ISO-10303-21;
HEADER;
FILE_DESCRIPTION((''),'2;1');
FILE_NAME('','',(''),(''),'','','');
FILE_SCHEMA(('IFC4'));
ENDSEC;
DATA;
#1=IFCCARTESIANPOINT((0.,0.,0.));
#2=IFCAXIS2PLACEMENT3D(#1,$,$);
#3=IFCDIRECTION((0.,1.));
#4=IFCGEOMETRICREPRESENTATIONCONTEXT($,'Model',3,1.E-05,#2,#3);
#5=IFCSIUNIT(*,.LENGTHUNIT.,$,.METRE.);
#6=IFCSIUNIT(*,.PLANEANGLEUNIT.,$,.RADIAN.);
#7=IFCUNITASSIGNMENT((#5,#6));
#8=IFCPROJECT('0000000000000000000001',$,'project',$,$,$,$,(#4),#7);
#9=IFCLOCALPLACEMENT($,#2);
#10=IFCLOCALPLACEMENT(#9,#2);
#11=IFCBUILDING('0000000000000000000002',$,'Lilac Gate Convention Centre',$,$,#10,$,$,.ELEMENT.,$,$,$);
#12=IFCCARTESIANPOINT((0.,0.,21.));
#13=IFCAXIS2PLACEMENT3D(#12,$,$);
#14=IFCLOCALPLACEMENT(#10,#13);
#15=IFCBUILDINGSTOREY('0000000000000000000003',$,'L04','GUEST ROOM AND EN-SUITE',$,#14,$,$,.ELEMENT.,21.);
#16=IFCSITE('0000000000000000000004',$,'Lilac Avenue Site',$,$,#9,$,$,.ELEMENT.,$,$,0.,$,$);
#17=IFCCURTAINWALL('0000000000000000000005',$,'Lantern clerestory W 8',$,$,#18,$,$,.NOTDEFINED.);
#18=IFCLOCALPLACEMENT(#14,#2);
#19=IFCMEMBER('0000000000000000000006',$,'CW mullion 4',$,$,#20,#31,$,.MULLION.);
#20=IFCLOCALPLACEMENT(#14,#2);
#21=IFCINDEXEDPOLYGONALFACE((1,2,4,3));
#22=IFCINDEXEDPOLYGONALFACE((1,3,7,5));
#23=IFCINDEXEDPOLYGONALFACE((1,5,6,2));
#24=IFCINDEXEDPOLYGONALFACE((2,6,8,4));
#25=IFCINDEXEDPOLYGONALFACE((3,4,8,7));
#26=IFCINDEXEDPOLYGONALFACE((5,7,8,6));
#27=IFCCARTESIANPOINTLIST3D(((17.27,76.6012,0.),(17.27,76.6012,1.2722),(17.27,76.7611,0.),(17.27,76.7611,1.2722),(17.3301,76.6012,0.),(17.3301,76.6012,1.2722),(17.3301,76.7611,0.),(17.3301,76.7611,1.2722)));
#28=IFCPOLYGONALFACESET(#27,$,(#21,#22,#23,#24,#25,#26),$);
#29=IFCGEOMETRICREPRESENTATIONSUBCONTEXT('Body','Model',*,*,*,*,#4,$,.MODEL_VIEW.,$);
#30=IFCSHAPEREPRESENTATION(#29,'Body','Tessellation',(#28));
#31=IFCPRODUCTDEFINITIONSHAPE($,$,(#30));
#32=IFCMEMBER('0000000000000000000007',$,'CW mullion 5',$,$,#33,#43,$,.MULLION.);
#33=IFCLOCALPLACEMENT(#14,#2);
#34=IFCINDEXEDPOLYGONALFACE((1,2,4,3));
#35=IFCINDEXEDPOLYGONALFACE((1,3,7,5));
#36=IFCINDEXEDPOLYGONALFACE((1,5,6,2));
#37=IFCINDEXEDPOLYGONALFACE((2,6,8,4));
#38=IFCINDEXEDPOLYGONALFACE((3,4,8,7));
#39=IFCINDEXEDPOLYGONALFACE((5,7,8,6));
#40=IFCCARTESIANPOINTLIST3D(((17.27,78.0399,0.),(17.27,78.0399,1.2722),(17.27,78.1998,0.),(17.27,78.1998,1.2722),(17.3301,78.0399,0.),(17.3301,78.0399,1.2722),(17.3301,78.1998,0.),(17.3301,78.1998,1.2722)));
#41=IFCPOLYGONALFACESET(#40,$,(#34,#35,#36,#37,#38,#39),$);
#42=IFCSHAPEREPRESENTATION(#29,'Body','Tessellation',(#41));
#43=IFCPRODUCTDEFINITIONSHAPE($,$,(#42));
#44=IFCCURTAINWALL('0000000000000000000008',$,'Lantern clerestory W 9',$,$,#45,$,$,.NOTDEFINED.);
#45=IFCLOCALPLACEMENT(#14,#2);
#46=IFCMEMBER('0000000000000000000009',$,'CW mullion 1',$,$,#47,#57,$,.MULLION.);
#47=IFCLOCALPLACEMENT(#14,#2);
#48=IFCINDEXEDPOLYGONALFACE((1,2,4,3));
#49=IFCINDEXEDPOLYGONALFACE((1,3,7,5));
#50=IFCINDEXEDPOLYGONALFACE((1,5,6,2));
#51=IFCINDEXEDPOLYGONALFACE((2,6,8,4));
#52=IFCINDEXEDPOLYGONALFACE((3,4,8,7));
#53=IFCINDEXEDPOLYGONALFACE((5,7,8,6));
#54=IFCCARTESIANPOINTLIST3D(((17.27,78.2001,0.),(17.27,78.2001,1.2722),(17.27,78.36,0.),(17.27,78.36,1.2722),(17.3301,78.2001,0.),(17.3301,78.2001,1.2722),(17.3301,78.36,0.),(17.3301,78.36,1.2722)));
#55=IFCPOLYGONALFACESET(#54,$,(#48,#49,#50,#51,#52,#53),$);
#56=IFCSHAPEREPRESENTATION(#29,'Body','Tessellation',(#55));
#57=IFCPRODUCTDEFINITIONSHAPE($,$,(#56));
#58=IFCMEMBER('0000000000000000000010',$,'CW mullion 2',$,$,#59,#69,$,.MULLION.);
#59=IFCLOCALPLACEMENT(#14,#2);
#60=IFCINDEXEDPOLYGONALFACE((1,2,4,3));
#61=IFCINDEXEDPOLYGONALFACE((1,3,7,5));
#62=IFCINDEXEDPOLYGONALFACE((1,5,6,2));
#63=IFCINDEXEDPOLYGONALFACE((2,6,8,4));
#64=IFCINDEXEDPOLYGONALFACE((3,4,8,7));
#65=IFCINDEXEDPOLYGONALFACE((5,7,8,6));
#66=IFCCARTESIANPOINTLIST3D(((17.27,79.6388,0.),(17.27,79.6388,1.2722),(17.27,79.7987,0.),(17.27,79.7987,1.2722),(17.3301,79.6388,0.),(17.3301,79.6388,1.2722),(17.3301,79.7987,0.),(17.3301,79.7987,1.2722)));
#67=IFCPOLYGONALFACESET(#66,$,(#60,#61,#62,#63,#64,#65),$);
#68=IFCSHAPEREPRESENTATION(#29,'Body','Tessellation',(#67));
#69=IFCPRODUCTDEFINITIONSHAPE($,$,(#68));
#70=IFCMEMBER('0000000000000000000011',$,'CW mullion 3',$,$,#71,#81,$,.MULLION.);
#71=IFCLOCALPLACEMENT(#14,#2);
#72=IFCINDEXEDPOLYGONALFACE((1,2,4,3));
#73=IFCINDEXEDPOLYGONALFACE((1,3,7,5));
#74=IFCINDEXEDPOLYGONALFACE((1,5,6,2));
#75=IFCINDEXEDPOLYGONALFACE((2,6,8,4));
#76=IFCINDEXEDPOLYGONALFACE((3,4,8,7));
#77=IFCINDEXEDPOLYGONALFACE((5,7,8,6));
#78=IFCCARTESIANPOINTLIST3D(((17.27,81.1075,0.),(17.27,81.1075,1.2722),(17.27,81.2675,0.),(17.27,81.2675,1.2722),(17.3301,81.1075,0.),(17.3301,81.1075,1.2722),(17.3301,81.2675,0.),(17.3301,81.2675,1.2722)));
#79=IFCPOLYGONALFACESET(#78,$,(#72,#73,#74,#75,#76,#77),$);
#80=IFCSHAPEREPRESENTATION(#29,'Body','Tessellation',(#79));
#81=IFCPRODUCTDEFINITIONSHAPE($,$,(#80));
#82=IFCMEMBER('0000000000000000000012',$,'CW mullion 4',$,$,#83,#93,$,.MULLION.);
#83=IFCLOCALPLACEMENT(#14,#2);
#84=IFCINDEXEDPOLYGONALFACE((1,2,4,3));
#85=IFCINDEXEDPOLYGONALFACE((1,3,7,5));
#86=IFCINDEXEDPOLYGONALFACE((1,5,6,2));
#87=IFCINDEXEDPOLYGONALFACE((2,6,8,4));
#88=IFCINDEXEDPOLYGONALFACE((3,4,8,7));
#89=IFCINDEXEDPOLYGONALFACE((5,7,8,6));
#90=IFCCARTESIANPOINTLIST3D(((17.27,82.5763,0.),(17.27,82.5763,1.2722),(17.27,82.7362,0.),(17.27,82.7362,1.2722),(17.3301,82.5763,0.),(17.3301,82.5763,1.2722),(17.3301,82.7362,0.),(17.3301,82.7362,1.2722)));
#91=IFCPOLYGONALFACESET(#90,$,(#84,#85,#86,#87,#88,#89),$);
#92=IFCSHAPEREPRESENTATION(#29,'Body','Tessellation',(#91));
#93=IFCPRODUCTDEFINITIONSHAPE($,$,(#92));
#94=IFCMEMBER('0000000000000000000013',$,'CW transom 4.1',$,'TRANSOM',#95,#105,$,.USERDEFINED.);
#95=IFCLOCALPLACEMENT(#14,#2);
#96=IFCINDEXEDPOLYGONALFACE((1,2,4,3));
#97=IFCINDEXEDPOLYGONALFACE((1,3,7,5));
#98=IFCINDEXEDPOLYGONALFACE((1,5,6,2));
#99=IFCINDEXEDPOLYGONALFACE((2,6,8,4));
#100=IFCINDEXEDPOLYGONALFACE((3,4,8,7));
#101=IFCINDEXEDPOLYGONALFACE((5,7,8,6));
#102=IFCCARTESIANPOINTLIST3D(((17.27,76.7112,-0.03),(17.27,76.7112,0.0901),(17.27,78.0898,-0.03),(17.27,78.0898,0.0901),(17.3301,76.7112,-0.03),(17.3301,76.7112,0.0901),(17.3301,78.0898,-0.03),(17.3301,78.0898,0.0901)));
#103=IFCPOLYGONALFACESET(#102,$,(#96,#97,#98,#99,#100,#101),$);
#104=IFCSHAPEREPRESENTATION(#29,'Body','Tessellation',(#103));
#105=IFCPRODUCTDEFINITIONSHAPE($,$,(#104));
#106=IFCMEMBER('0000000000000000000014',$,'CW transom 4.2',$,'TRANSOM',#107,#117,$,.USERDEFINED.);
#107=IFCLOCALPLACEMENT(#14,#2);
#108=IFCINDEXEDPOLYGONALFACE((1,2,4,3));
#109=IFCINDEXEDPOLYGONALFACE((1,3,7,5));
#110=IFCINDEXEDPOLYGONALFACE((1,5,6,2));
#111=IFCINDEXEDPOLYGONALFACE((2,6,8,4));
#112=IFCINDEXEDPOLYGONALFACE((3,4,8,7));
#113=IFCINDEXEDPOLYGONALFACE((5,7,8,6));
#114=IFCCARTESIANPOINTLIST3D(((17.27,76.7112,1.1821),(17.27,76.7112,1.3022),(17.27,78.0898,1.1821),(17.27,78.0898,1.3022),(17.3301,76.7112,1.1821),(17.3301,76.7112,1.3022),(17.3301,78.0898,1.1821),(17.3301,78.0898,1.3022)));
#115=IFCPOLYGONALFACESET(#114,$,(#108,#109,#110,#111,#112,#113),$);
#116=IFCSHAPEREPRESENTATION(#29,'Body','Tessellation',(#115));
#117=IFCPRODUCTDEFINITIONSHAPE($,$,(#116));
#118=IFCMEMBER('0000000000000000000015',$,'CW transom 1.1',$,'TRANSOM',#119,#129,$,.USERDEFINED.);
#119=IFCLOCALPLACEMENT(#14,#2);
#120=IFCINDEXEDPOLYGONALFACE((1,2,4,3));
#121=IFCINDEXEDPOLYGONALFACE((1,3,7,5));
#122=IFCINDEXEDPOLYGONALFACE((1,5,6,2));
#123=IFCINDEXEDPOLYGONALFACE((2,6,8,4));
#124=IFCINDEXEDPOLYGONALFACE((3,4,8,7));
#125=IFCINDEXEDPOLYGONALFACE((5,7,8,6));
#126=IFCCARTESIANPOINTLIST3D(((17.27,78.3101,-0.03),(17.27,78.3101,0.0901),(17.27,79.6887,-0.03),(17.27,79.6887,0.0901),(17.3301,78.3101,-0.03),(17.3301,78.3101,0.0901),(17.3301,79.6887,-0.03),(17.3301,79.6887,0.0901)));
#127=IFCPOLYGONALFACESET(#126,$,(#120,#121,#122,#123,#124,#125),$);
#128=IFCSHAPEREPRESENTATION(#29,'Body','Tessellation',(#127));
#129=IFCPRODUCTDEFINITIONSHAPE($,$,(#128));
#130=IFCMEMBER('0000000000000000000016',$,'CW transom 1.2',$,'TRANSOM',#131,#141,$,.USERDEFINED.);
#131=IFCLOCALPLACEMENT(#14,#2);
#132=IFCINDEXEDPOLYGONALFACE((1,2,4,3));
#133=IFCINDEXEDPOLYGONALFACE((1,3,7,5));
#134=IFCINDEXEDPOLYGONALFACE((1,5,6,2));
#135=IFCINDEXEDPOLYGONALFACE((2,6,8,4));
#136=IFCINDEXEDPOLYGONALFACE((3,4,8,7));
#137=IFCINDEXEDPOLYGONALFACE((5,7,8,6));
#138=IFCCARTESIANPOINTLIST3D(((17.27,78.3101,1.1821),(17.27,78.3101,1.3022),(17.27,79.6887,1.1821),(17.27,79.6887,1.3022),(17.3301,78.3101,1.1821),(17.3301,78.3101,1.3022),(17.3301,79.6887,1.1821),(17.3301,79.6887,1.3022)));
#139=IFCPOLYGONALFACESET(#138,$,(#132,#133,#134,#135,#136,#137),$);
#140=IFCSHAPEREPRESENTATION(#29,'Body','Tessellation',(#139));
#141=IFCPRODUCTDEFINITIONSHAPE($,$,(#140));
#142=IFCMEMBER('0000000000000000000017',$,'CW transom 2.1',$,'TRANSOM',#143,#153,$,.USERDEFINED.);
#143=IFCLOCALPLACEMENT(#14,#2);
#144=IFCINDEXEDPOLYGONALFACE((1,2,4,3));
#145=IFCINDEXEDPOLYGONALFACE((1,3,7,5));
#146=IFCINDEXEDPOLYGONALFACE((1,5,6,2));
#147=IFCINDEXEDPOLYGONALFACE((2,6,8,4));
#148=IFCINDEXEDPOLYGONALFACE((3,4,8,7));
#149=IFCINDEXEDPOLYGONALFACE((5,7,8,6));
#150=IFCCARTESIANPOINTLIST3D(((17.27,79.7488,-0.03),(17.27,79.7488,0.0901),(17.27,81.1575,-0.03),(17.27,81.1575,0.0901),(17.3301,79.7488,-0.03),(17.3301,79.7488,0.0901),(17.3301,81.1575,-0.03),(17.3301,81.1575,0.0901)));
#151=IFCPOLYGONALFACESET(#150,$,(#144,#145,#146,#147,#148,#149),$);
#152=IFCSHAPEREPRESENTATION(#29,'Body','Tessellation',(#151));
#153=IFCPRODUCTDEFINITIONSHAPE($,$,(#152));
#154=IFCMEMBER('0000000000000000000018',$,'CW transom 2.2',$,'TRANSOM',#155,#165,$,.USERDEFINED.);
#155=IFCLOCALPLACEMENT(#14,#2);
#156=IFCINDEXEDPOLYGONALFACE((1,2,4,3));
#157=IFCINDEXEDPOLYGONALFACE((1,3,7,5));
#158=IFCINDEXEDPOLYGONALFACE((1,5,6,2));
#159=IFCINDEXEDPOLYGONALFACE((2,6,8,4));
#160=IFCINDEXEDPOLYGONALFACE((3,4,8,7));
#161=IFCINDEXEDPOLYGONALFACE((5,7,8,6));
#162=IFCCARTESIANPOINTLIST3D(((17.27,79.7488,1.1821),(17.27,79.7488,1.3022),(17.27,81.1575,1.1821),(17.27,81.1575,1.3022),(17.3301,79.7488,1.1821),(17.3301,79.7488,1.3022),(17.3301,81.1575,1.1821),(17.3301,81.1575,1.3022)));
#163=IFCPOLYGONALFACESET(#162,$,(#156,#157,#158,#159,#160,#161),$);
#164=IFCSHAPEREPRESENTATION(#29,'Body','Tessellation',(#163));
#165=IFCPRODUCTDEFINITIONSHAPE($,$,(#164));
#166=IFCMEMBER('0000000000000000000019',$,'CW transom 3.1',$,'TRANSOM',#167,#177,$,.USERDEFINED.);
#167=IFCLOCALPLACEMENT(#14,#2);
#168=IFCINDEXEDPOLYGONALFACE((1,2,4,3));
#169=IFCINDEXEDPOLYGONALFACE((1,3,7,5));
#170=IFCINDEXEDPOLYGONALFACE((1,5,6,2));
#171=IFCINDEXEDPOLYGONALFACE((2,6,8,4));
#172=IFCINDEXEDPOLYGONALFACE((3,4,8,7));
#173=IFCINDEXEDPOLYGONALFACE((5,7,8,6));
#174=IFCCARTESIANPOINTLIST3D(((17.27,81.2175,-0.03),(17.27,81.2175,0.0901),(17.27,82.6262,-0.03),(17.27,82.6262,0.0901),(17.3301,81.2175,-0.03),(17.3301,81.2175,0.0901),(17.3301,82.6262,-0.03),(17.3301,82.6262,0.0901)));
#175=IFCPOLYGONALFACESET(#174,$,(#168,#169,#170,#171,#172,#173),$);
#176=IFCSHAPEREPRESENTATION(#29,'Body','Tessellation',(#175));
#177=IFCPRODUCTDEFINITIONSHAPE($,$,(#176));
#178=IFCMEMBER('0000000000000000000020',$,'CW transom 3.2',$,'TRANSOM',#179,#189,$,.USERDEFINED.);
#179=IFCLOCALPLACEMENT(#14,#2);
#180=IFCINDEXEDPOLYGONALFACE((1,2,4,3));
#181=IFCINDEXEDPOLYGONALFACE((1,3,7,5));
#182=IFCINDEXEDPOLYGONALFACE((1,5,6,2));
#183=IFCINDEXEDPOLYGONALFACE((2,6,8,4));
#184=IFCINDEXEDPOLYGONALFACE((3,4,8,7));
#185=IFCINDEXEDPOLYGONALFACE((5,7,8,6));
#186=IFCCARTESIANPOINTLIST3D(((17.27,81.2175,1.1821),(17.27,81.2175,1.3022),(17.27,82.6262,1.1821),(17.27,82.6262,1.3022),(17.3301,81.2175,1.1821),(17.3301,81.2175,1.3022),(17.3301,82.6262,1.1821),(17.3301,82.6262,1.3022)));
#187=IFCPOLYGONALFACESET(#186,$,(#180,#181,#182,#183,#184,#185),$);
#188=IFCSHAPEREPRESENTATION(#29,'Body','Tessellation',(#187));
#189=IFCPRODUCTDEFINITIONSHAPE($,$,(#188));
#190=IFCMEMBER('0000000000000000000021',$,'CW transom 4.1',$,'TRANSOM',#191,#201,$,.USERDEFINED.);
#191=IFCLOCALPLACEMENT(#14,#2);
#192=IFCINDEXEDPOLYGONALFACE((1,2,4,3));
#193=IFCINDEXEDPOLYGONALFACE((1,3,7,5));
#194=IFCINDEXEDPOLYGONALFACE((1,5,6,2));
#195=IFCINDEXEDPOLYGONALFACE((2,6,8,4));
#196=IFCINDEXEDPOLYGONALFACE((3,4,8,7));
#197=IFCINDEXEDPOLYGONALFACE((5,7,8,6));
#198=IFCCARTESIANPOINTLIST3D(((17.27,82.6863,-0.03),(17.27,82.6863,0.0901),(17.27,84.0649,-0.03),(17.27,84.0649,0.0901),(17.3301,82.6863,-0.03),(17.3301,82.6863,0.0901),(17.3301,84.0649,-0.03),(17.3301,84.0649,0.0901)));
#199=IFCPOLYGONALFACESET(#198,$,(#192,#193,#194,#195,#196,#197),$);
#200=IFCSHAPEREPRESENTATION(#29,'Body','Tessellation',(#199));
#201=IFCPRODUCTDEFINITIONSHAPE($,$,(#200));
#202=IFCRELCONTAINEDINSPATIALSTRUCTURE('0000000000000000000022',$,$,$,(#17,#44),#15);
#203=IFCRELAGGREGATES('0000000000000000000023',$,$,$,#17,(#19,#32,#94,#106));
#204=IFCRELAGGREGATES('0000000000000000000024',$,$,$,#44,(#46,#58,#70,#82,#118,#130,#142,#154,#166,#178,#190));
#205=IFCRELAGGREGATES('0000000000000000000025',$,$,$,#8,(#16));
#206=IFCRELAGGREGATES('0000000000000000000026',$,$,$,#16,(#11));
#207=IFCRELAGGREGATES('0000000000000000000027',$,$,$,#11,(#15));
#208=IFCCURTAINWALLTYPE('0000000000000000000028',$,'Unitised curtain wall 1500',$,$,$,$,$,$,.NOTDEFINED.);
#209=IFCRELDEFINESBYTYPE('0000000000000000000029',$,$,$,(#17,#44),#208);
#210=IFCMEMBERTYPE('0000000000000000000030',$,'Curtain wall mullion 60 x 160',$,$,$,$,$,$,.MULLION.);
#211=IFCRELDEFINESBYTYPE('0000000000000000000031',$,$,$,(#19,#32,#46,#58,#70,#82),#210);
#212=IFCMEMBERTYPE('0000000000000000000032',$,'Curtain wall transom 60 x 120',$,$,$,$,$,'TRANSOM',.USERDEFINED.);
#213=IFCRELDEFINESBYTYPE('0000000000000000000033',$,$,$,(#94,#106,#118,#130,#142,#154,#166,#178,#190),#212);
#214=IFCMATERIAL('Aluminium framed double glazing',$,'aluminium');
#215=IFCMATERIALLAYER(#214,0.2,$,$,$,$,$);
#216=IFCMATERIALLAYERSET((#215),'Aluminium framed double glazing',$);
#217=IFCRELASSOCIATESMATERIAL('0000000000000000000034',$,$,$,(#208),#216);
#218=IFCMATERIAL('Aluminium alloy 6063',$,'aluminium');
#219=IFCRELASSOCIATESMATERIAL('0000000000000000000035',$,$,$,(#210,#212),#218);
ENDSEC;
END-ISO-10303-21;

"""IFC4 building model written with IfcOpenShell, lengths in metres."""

from ifc_helpers import new_model, si_unit, direction, frame, origin, origin_2d, place, context, subcontext, project, spatial, rectangle, extrude, material, layer, layer_set, material_profile, profile_set, type_object, element, aggregate, save


model = new_model("IFC4")

# Units and contexts
model_context = context("Model", 3, precision=1e-05, world=origin(), true_north=direction((0.0, 1.0)))
body_context = subcontext(model_context, "Body", "Model", "MODEL_VIEW")
ifc_project = project(units=[si_unit("LENGTHUNIT", "METRE"), si_unit("PLANEANGLEUNIT", "RADIAN")], contexts=[model_context])

# Site, building, storey
site_placement = place(None, origin())
site = spatial("IfcSite", under=ifc_project, at=site_placement, Name="Lilac Avenue Site", CompositionType="ELEMENT", RefElevation=0.0)
building_placement = place(site_placement, origin())
building = spatial("IfcBuilding", under=site, at=building_placement, Name="Lilac Gate Convention Centre", CompositionType="ELEMENT")
storey_placement = place(building_placement, frame((0.0, 0.0, 21.0)))
storey = spatial("IfcBuildingStorey", under=building, at=storey_placement, Name="L04", Description="GUEST ROOM AND EN-SUITE", CompositionType="ELEMENT", Elevation=21.0)

# Curtain walls, members
ifc_material_1 = material(Name="Aluminium framed double glazing", Category="aluminium")
ifc_layer_1 = layer(ifc_material_1, 0.2)
ifc_layer_set_1 = layer_set([ifc_layer_1], Name="Aluminium framed double glazing")
curtain_wall_type = type_object("IfcCurtainWallType", Name="Unitised curtain wall 1500", PredefinedType="NOTDEFINED", material=ifc_layer_set_1)
curtain_wall_1_placement = place(storey_placement, origin())
curtain_wall_1 = element("IfcCurtainWall", 1, at=curtain_wall_1_placement, inside=storey, type_object=curtain_wall_type, Name="Lantern clerestory W 8", PredefinedType="NOTDEFINED")
ifc_material_2 = material(Name="Aluminium alloy 6063", Category="aluminium")
ifc_material_profile_1 = material_profile(ifc_material_2, rectangle(XDim=0.0601, YDim=0.1599, at=origin_2d()), Name="Curtain wall mullion 60 x 160")
ifc_profile_set_1 = profile_set([ifc_material_profile_1], Name="Aluminium alloy 6063")
member_type_1 = type_object("IfcMemberType", Name="Curtain wall mullion 60 x 160", PredefinedType="MULLION", material=ifc_profile_set_1)
member_1_placement = place(storey_placement, frame((17.3, 76.6812, 0.0), z_axis=(0.0, 0.0, 1.0), x_axis=(-1.0, 0.0, 0.0)))
member_1 = element("IfcMember", 2, at=member_1_placement, type_object=member_type_1, Name="CW mullion 4", PredefinedType="MULLION", context=body_context, shape_type="SweptSolid", body=[
    extrude(rectangle(XDim=0.0601, YDim=0.1599, at=origin_2d()), origin(), (0.0, 0.0, 1.0), 1.2722),
])
member_2_placement = place(storey_placement, frame((17.3, 78.1199, 0.0), z_axis=(0.0, 0.0, 1.0), x_axis=(-1.0, 0.0, 0.0)))
member_2 = element("IfcMember", 3, at=member_2_placement, type_object=member_type_1, Name="CW mullion 5", PredefinedType="MULLION", context=body_context, shape_type="SweptSolid", body=[
    extrude(rectangle(XDim=0.0601, YDim=0.1599, at=origin_2d()), origin(), (0.0, 0.0, 1.0), 1.2722),
])
curtain_wall_2_placement = place(storey_placement, origin())
curtain_wall_2 = element("IfcCurtainWall", 4, at=curtain_wall_2_placement, inside=storey, type_object=curtain_wall_type, Name="Lantern clerestory W 9", PredefinedType="NOTDEFINED")
member_3_placement = place(storey_placement, frame((17.3, 78.28, 0.0), z_axis=(0.0, 0.0, 1.0), x_axis=(-1.0, 0.0, 0.0)))
member_3 = element("IfcMember", 5, at=member_3_placement, type_object=member_type_1, Name="CW mullion 1", PredefinedType="MULLION", context=body_context, shape_type="SweptSolid", body=[
    extrude(rectangle(XDim=0.0601, YDim=0.1599, at=origin_2d()), origin(), (0.0, 0.0, 1.0), 1.2722),
])
member_4_placement = place(storey_placement, frame((17.3, 79.7188, 0.0), z_axis=(0.0, 0.0, 1.0), x_axis=(-1.0, 0.0, 0.0)))
member_4 = element("IfcMember", 6, at=member_4_placement, type_object=member_type_1, Name="CW mullion 2", PredefinedType="MULLION", context=body_context, shape_type="SweptSolid", body=[
    extrude(rectangle(XDim=0.0601, YDim=0.1599, at=origin_2d()), origin(), (0.0, 0.0, 1.0), 1.2722),
])
member_5_placement = place(storey_placement, frame((17.3, 81.1875, 0.0), z_axis=(0.0, 0.0, 1.0), x_axis=(-1.0, 0.0, 0.0)))
member_5 = element("IfcMember", 7, at=member_5_placement, type_object=member_type_1, Name="CW mullion 3", PredefinedType="MULLION", context=body_context, shape_type="SweptSolid", body=[
    extrude(rectangle(XDim=0.0601, YDim=0.1599, at=origin_2d()), origin(), (0.0, 0.0, 1.0), 1.2722),
])
member_6_placement = place(storey_placement, frame((17.3, 82.6562, 0.0), z_axis=(0.0, 0.0, 1.0), x_axis=(-1.0, 0.0, 0.0)))
member_6 = element("IfcMember", 8, at=member_6_placement, type_object=member_type_1, Name="CW mullion 4", PredefinedType="MULLION", context=body_context, shape_type="SweptSolid", body=[
    extrude(rectangle(XDim=0.0601, YDim=0.1599, at=origin_2d()), origin(), (0.0, 0.0, 1.0), 1.2722),
])

# Members
ifc_material_profile_2 = material_profile(ifc_material_2, rectangle(XDim=0.0601, YDim=0.1201, at=origin_2d()), Name="Curtain wall transom 60 x 120")
ifc_profile_set_2 = profile_set([ifc_material_profile_2], Name="Aluminium alloy 6063")
member_type_2 = type_object("IfcMemberType", Name="Curtain wall transom 60 x 120", ElementType="TRANSOM", PredefinedType="USERDEFINED", material=ifc_profile_set_2)
member_7_placement = place(storey_placement, frame((17.3, 76.7112, 0.03), z_axis=(0.0, 1.0, 0.0), x_axis=(-1.0, 0.0, 0.0)))
member_7 = element("IfcMember", 9, at=member_7_placement, type_object=member_type_2, Name="CW transom 4.1", ObjectType="TRANSOM", PredefinedType="USERDEFINED", context=body_context, shape_type="SweptSolid", body=[
    extrude(rectangle(XDim=0.0601, YDim=0.1201, at=origin_2d()), origin(), (0.0, 0.0, 1.0), 1.3787),
])
member_8_placement = place(storey_placement, frame((17.3, 76.7112, 1.2422), z_axis=(0.0, 1.0, 0.0), x_axis=(-1.0, 0.0, 0.0)))
member_8 = element("IfcMember", 10, at=member_8_placement, type_object=member_type_2, Name="CW transom 4.2", ObjectType="TRANSOM", PredefinedType="USERDEFINED", context=body_context, shape_type="SweptSolid", body=[
    extrude(rectangle(XDim=0.0601, YDim=0.1201, at=origin_2d()), origin(), (0.0, 0.0, 1.0), 1.3787),
])
member_9_placement = place(storey_placement, frame((17.3, 78.3101, 0.03), z_axis=(0.0, 1.0, 0.0), x_axis=(-1.0, 0.0, 0.0)))
member_9 = element("IfcMember", 11, at=member_9_placement, type_object=member_type_2, Name="CW transom 1.1", ObjectType="TRANSOM", PredefinedType="USERDEFINED", context=body_context, shape_type="SweptSolid", body=[
    extrude(rectangle(XDim=0.0601, YDim=0.1201, at=origin_2d()), origin(), (0.0, 0.0, 1.0), 1.3787),
])
member_10_placement = place(storey_placement, frame((17.3, 78.3101, 1.2422), z_axis=(0.0, 1.0, 0.0), x_axis=(-1.0, 0.0, 0.0)))
member_10 = element("IfcMember", 12, at=member_10_placement, type_object=member_type_2, Name="CW transom 1.2", ObjectType="TRANSOM", PredefinedType="USERDEFINED", context=body_context, shape_type="SweptSolid", body=[
    extrude(rectangle(XDim=0.0601, YDim=0.1201, at=origin_2d()), origin(), (0.0, 0.0, 1.0), 1.3787),
])
member_11_placement = place(storey_placement, frame((17.3, 79.7488, 0.03), z_axis=(0.0, 1.0, 0.0), x_axis=(-1.0, 0.0, 0.0)))
member_11 = element("IfcMember", 13, at=member_11_placement, type_object=member_type_2, Name="CW transom 2.1", ObjectType="TRANSOM", PredefinedType="USERDEFINED", context=body_context, shape_type="SweptSolid", body=[
    extrude(rectangle(XDim=0.0601, YDim=0.1201, at=origin_2d()), origin(), (0.0, 0.0, 1.0), 1.4087),
])
member_12_placement = place(storey_placement, frame((17.3, 79.7488, 1.2422), z_axis=(0.0, 1.0, 0.0), x_axis=(-1.0, 0.0, 0.0)))
member_12 = element("IfcMember", 14, at=member_12_placement, type_object=member_type_2, Name="CW transom 2.2", ObjectType="TRANSOM", PredefinedType="USERDEFINED", context=body_context, shape_type="SweptSolid", body=[
    extrude(rectangle(XDim=0.0601, YDim=0.1201, at=origin_2d()), origin(), (0.0, 0.0, 1.0), 1.4087),
])
member_13_placement = place(storey_placement, frame((17.3, 81.2175, 0.03), z_axis=(0.0, 1.0, 0.0), x_axis=(-1.0, 0.0, 0.0)))
member_13 = element("IfcMember", 15, at=member_13_placement, type_object=member_type_2, Name="CW transom 3.1", ObjectType="TRANSOM", PredefinedType="USERDEFINED", context=body_context, shape_type="SweptSolid", body=[
    extrude(rectangle(XDim=0.0601, YDim=0.1201, at=origin_2d()), origin(), (0.0, 0.0, 1.0), 1.4087),
])
member_14_placement = place(storey_placement, frame((17.3, 81.2175, 1.2422), z_axis=(0.0, 1.0, 0.0), x_axis=(-1.0, 0.0, 0.0)))
member_14 = element("IfcMember", 16, at=member_14_placement, type_object=member_type_2, Name="CW transom 3.2", ObjectType="TRANSOM", PredefinedType="USERDEFINED", context=body_context, shape_type="SweptSolid", body=[
    extrude(rectangle(XDim=0.0601, YDim=0.1201, at=origin_2d()), origin(), (0.0, 0.0, 1.0), 1.4087),
])
member_15_placement = place(storey_placement, frame((17.3, 82.6863, 0.03), z_axis=(0.0, 1.0, 0.0), x_axis=(-1.0, 0.0, 0.0)))
member_15 = element("IfcMember", 17, at=member_15_placement, type_object=member_type_2, Name="CW transom 4.1", ObjectType="TRANSOM", PredefinedType="USERDEFINED", context=body_context, shape_type="SweptSolid", body=[
    extrude(rectangle(XDim=0.0601, YDim=0.1201, at=origin_2d()), origin(), (0.0, 0.0, 1.0), 1.3787),
])

aggregate(curtain_wall_1, [member_1, member_2, member_7, member_8])
aggregate(curtain_wall_2, [member_3, member_4, member_5, member_6, member_9, member_10, member_11, member_12, member_13, member_14, member_15])

save(model, "model.ifc")
